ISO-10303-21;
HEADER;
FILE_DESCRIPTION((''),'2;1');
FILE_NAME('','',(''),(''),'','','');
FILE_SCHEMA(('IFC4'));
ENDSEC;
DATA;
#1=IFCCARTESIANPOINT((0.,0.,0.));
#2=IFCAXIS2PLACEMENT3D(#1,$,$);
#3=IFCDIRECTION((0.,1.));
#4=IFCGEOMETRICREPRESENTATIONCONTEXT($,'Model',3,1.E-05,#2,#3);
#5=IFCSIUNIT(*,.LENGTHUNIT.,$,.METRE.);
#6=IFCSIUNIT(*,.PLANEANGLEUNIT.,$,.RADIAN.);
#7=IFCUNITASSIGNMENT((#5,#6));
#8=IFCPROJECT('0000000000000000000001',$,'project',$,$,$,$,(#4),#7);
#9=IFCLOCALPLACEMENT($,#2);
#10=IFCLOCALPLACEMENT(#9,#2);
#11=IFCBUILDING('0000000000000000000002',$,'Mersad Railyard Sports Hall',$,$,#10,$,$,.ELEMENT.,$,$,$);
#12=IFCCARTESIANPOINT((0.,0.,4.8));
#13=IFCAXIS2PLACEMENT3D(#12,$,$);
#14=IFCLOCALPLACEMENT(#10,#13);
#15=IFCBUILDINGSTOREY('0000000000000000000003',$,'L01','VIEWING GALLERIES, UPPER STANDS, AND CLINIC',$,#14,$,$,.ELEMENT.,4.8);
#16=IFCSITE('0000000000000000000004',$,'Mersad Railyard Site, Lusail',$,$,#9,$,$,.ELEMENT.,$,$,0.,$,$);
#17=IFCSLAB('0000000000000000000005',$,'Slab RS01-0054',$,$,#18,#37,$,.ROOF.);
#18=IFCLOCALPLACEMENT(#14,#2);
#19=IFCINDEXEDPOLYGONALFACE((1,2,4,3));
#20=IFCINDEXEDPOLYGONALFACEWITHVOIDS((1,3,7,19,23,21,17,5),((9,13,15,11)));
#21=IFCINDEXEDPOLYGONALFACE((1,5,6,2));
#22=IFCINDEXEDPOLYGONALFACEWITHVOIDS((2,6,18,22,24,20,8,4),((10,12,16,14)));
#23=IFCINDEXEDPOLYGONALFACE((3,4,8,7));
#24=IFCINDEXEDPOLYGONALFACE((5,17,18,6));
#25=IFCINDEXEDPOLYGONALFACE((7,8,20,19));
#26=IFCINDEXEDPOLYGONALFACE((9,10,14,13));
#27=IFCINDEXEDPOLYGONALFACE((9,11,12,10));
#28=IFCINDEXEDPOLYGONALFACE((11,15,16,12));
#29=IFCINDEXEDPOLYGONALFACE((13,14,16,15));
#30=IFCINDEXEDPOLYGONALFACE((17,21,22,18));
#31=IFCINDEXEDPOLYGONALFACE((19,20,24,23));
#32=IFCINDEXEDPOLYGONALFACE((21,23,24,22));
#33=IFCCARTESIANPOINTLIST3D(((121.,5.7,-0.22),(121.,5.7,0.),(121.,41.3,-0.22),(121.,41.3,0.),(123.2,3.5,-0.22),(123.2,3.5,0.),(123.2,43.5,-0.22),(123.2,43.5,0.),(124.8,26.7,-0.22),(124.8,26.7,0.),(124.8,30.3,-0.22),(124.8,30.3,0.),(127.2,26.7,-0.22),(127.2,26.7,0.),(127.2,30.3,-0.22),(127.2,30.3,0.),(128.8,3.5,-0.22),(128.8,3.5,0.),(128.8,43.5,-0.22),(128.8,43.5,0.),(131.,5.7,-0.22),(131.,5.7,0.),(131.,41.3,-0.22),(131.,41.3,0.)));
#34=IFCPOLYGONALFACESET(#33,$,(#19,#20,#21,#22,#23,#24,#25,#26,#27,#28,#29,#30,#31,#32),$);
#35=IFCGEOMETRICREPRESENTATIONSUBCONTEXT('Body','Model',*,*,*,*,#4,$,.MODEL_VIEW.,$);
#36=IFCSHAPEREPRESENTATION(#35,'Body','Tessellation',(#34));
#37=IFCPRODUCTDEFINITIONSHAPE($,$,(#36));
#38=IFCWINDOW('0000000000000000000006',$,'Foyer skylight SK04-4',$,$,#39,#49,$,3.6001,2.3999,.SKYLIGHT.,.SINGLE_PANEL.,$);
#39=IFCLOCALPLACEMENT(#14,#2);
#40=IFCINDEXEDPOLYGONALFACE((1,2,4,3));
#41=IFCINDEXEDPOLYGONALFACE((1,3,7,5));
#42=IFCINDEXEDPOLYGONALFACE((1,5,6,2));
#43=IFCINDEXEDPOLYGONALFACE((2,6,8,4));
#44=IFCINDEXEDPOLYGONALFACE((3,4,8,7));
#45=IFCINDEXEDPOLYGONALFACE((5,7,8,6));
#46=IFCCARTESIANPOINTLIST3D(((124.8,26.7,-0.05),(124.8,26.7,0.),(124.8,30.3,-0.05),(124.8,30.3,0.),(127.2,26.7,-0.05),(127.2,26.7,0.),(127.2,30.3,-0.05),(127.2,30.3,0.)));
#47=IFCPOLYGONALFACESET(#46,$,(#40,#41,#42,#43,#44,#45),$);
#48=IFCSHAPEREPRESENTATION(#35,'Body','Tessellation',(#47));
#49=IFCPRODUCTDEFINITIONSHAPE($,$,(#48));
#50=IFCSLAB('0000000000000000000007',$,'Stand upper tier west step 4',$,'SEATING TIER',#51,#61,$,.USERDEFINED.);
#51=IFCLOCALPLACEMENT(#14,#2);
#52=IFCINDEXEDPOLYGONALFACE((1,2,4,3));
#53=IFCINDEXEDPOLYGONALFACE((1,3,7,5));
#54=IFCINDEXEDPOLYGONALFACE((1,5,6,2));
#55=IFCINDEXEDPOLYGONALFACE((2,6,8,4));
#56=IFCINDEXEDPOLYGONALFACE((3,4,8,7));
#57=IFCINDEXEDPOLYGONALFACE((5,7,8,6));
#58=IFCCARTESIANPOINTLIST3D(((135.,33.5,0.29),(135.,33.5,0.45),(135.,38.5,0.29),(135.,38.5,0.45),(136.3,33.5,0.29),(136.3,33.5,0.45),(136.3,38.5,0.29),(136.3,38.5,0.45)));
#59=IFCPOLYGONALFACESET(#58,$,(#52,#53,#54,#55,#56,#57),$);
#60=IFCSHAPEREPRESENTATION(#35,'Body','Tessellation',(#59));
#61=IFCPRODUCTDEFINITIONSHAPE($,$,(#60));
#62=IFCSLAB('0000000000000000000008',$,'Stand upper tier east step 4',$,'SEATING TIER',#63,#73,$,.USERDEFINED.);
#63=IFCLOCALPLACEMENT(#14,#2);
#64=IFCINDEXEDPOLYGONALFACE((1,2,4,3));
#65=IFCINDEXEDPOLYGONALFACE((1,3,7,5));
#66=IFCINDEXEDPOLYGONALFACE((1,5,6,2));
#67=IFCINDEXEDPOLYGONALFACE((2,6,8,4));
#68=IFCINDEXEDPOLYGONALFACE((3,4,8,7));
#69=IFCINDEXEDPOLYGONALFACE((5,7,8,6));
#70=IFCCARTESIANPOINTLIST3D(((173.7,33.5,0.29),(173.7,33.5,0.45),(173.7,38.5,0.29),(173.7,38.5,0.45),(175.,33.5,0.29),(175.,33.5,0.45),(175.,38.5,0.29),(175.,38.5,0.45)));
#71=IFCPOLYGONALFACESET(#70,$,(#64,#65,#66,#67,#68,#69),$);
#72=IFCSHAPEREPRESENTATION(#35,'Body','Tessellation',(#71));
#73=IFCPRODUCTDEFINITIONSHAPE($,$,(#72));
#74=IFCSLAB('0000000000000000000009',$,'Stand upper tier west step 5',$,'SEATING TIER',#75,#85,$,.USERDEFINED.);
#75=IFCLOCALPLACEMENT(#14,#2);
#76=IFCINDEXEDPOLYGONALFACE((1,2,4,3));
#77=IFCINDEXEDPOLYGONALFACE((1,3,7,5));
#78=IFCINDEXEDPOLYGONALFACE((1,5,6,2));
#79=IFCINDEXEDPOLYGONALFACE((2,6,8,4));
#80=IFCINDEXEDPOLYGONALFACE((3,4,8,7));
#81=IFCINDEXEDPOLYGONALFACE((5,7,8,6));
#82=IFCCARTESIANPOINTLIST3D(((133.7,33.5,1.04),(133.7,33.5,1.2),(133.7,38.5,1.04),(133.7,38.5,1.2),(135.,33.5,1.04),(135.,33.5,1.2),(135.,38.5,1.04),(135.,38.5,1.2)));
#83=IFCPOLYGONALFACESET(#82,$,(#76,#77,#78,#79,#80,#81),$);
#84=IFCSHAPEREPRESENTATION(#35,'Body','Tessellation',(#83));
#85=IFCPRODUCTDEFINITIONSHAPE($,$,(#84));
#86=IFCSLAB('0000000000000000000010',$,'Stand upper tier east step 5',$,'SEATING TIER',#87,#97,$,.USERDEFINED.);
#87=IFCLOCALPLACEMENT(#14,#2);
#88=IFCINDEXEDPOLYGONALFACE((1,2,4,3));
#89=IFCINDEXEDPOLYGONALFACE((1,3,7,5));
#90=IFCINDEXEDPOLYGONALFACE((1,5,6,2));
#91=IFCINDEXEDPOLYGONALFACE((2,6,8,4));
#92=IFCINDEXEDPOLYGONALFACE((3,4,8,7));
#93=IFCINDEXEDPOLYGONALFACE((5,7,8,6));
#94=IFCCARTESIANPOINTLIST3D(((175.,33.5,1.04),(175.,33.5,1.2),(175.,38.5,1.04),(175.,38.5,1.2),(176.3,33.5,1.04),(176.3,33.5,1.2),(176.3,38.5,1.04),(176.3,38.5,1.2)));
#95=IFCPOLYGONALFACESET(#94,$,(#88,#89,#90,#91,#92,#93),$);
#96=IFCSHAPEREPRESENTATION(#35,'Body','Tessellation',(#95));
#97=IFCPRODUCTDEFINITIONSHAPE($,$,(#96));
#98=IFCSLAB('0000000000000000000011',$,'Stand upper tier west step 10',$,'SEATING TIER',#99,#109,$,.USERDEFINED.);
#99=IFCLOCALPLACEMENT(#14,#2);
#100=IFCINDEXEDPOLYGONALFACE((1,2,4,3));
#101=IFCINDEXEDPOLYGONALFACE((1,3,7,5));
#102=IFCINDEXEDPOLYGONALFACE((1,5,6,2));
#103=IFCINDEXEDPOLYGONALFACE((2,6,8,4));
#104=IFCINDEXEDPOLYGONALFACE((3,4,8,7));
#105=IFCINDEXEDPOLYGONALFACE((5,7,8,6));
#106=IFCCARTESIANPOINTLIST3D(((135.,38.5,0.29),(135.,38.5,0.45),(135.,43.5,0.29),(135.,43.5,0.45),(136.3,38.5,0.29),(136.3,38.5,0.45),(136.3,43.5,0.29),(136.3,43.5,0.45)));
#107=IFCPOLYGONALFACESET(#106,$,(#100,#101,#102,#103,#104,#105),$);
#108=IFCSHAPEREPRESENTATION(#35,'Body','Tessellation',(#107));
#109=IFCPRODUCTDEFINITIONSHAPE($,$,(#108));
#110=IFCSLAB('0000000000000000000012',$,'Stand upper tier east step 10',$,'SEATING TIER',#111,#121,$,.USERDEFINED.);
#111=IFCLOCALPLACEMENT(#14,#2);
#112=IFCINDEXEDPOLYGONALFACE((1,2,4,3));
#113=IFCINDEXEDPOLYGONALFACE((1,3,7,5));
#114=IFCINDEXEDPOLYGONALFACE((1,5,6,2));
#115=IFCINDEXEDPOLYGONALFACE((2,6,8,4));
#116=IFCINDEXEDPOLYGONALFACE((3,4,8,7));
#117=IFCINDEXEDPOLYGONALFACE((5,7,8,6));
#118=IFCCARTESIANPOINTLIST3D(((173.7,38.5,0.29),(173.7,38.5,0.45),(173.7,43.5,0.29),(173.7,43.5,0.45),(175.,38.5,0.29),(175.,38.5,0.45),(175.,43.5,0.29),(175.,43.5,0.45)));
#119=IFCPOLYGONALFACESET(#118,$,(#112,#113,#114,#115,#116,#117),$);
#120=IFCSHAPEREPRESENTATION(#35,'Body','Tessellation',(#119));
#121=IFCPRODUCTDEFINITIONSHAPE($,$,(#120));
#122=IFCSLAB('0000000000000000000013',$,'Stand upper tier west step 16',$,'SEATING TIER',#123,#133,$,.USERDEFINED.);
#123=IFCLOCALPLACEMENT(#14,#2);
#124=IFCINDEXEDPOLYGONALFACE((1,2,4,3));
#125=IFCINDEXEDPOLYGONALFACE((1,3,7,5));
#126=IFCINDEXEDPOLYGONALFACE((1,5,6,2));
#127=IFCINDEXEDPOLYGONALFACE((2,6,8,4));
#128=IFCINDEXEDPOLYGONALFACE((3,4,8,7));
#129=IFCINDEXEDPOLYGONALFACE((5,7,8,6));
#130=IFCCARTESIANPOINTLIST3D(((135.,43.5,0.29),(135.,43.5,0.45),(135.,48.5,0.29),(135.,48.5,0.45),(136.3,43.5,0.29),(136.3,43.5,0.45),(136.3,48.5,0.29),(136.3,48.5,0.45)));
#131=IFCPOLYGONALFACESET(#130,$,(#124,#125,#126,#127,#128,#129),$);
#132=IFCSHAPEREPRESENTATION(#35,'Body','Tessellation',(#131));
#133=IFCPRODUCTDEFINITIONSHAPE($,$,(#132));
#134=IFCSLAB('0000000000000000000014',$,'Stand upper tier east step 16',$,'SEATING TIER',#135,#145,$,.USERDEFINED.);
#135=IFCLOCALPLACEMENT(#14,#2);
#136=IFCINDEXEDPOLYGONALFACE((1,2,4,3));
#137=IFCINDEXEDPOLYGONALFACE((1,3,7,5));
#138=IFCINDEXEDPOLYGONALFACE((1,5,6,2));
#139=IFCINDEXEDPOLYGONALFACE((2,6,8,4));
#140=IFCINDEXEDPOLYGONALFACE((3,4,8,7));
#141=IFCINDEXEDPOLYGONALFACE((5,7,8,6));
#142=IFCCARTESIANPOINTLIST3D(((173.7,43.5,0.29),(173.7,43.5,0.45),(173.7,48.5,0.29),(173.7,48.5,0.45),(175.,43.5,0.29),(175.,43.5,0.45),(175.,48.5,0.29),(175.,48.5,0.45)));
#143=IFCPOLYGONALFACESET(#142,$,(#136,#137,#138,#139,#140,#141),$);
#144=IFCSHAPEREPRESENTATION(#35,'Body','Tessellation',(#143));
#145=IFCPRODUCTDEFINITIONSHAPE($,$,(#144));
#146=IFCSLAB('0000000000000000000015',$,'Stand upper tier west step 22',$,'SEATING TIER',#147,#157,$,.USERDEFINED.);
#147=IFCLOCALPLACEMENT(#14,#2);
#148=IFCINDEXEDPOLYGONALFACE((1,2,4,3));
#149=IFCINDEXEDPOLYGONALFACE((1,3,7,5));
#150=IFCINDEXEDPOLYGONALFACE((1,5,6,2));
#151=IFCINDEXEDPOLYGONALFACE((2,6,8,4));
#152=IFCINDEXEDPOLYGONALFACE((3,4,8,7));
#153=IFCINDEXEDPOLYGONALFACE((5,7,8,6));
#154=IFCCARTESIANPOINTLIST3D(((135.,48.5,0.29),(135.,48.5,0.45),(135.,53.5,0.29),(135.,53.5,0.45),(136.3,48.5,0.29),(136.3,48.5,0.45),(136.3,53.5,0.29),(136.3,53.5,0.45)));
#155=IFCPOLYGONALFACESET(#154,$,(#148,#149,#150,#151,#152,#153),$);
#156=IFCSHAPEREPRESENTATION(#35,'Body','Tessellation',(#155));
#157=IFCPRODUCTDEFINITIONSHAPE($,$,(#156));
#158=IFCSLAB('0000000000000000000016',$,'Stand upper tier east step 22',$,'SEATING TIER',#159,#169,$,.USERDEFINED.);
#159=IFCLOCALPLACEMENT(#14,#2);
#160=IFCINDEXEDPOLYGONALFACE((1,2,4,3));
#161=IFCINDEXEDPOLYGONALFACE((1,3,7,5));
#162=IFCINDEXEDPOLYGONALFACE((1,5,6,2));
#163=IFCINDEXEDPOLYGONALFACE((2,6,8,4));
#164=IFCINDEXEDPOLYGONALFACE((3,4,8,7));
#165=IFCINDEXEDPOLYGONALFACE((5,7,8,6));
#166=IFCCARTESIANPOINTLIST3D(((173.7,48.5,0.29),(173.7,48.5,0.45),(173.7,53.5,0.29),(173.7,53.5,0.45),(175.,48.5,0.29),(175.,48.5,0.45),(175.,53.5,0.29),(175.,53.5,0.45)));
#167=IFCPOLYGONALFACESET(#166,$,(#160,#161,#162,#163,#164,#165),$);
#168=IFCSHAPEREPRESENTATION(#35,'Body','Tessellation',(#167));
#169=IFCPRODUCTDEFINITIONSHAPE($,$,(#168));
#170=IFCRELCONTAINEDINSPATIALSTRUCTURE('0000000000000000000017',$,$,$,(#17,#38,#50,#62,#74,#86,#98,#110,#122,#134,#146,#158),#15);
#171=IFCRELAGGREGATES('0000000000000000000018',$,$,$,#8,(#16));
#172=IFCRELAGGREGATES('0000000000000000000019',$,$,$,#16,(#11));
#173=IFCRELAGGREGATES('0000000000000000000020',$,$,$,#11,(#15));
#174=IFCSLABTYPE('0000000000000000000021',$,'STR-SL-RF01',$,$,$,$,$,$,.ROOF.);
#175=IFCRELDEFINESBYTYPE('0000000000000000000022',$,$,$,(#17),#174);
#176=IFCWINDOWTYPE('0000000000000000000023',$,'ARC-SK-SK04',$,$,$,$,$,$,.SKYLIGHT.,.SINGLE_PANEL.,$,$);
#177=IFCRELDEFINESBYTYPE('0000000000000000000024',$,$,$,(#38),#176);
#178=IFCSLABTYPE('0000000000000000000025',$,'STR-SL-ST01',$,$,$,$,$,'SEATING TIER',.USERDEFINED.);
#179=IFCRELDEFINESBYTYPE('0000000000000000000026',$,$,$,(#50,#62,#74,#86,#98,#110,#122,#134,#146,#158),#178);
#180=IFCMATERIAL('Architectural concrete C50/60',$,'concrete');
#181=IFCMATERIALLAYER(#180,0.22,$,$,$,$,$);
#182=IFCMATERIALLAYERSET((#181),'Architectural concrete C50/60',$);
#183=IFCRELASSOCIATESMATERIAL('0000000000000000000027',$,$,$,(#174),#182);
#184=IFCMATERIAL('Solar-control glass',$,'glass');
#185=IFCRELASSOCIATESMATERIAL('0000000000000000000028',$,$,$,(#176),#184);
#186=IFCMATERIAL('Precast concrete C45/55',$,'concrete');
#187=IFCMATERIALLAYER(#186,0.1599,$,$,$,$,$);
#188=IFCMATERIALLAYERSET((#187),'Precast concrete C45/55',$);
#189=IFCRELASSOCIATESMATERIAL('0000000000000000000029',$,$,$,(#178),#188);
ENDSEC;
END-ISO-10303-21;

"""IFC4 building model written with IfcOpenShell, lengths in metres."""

from ifc_helpers import new_model, si_unit, direction, frame, origin, origin_2d, place, context, subcontext, project, spatial, polyline, rectangle, outline, extrude, material, layer, layer_set, type_object, element, fill, save


model = new_model("IFC4")

# Units and contexts
model_context = context("Model", 3, precision=1e-05, world=origin(), true_north=direction((0.0, 1.0)))
body_context = subcontext(model_context, "Body", "Model", "MODEL_VIEW")
ifc_project = project(units=[si_unit("LENGTHUNIT", "METRE"), si_unit("PLANEANGLEUNIT", "RADIAN")], contexts=[model_context])

# Site, building, storey
site_placement = place(None, origin())
site = spatial("IfcSite", under=ifc_project, at=site_placement, Name="Mersad Railyard Site, Lusail", CompositionType="ELEMENT", RefElevation=0.0)
building_placement = place(site_placement, origin())
building = spatial("IfcBuilding", under=site, at=building_placement, Name="Mersad Railyard Sports Hall", CompositionType="ELEMENT")
storey_placement = place(building_placement, frame((0.0, 0.0, 4.8)))
storey = spatial("IfcBuildingStorey", under=building, at=storey_placement, Name="L01", Description="VIEWING GALLERIES, UPPER STANDS, AND CLINIC", CompositionType="ELEMENT", Elevation=4.8)

# Slab, opening, window
ifc_material_1 = material(Name="Architectural concrete C50/60", Category="concrete")
ifc_layer_1 = layer(ifc_material_1, 0.22)
ifc_layer_set_1 = layer_set([ifc_layer_1], Name="Architectural concrete C50/60")
slab_type_1 = type_object("IfcSlabType", Name="STR-SL-RF01", PredefinedType="ROOF", material=ifc_layer_set_1)
ifc_material_2 = material(Name="Solar-control glass", Category="glass")
slab_1_placement = place(storey_placement, frame((0.0, 0.0, -0.22)))
slab_1 = element("IfcSlab", 1, at=slab_1_placement, inside=storey, type_object=slab_type_1, Name="Slab RS01-0054", PredefinedType="ROOF", context=body_context, shape_type="SweptSolid", body=[
    extrude(outline(polyline([(123.2, 3.5), (128.8, 3.5), (131.0, 5.7), (131.0, 41.3), (128.8, 43.5), (123.2, 43.5), (121.0, 41.3), (121.0, 5.7), (123.2, 3.5)])), origin(), (0.0, 0.0, 1.0), 0.22),
])
opening_1_placement = place(slab_1_placement, frame((126.0, 28.5, -0.01)))
opening_1 = element("IfcOpeningElement", 2, at=opening_1_placement, cuts=slab_1, PredefinedType="OPENING", context=body_context, shape_type="SweptSolid", body=[
    extrude(rectangle(XDim=2.3999, YDim=3.6001, at=origin_2d()), origin(), (0.0, 0.0, 1.0), 0.24),
])
window_type_1 = type_object("IfcWindowType", Name="ARC-SK-SK04", PartitioningType="SINGLE_PANEL", PredefinedType="SKYLIGHT", material=ifc_material_2)
window_1_placement = place(slab_1_placement, frame((126.0, 28.5, 0.1699)))
window_1 = element("IfcWindow", 3, at=window_1_placement, inside=storey, type_object=window_type_1, Name="Foyer skylight SK04-4", OverallHeight=3.6001, OverallWidth=2.3999, PartitioningType="SINGLE_PANEL", PredefinedType="SKYLIGHT", context=body_context, shape_type="SweptSolid", body=[
    extrude(rectangle(XDim=2.3999, YDim=3.6001, at=origin_2d()), origin(), (0.0, 0.0, 1.0), 0.05),
])
fill(opening_1, window_1)

# Slabs
ifc_material_3 = material(Name="Precast concrete C45/55", Category="concrete")
ifc_layer_2 = layer(ifc_material_3, 0.1599)
ifc_layer_set_2 = layer_set([ifc_layer_2], Name="Precast concrete C45/55")
slab_type_2 = type_object("IfcSlabType", Name="STR-SL-ST01", ElementType="SEATING TIER", PredefinedType="USERDEFINED", material=ifc_layer_set_2)
slab_2_placement = place(storey_placement, frame((0.0, 0.0, 0.29)))
element("IfcSlab", 4, at=slab_2_placement, inside=storey, type_object=slab_type_2, Name="Stand upper tier west step 4", ObjectType="SEATING TIER", PredefinedType="USERDEFINED", context=body_context, shape_type="SweptSolid", body=[
    extrude(outline(polyline([(135.0, 33.5), (136.3, 33.5), (136.3, 38.5), (135.0, 38.5), (135.0, 33.5)])), origin(), (0.0, 0.0, 1.0), 0.1599),
])
slab_3_placement = place(storey_placement, frame((0.0, 0.0, 0.29)))
element("IfcSlab", 5, at=slab_3_placement, inside=storey, type_object=slab_type_2, Name="Stand upper tier east step 4", ObjectType="SEATING TIER", PredefinedType="USERDEFINED", context=body_context, shape_type="SweptSolid", body=[
    extrude(outline(polyline([(173.7, 33.5), (175.0, 33.5), (175.0, 38.5), (173.7, 38.5), (173.7, 33.5)])), origin(), (0.0, 0.0, 1.0), 0.1599),
])
slab_4_placement = place(storey_placement, frame((0.0, 0.0, 1.04)))
element("IfcSlab", 6, at=slab_4_placement, inside=storey, type_object=slab_type_2, Name="Stand upper tier west step 5", ObjectType="SEATING TIER", PredefinedType="USERDEFINED", context=body_context, shape_type="SweptSolid", body=[
    extrude(outline(polyline([(133.7, 33.5), (135.0, 33.5), (135.0, 38.5), (133.7, 38.5), (133.7, 33.5)])), origin(), (0.0, 0.0, 1.0), 0.1599),
])
slab_5_placement = place(storey_placement, frame((0.0, 0.0, 1.04)))
element("IfcSlab", 7, at=slab_5_placement, inside=storey, type_object=slab_type_2, Name="Stand upper tier east step 5", ObjectType="SEATING TIER", PredefinedType="USERDEFINED", context=body_context, shape_type="SweptSolid", body=[
    extrude(outline(polyline([(175.0, 33.5), (176.3, 33.5), (176.3, 38.5), (175.0, 38.5), (175.0, 33.5)])), origin(), (0.0, 0.0, 1.0), 0.1599),
])
slab_6_placement = place(storey_placement, frame((0.0, 0.0, 0.29)))
element("IfcSlab", 8, at=slab_6_placement, inside=storey, type_object=slab_type_2, Name="Stand upper tier west step 10", ObjectType="SEATING TIER", PredefinedType="USERDEFINED", context=body_context, shape_type="SweptSolid", body=[
    extrude(outline(polyline([(135.0, 38.5), (136.3, 38.5), (136.3, 43.5), (135.0, 43.5), (135.0, 38.5)])), origin(), (0.0, 0.0, 1.0), 0.1599),
])
slab_7_placement = place(storey_placement, frame((0.0, 0.0, 0.29)))
element("IfcSlab", 9, at=slab_7_placement, inside=storey, type_object=slab_type_2, Name="Stand upper tier east step 10", ObjectType="SEATING TIER", PredefinedType="USERDEFINED", context=body_context, shape_type="SweptSolid", body=[
    extrude(outline(polyline([(173.7, 38.5), (175.0, 38.5), (175.0, 43.5), (173.7, 43.5), (173.7, 38.5)])), origin(), (0.0, 0.0, 1.0), 0.1599),
])
slab_8_placement = place(storey_placement, frame((0.0, 0.0, 0.29)))
element("IfcSlab", 10, at=slab_8_placement, inside=storey, type_object=slab_type_2, Name="Stand upper tier west step 16", ObjectType="SEATING TIER", PredefinedType="USERDEFINED", context=body_context, shape_type="SweptSolid", body=[
    extrude(outline(polyline([(135.0, 43.5), (136.3, 43.5), (136.3, 48.5), (135.0, 48.5), (135.0, 43.5)])), origin(), (0.0, 0.0, 1.0), 0.1599),
])
slab_9_placement = place(storey_placement, frame((0.0, 0.0, 0.29)))
element("IfcSlab", 11, at=slab_9_placement, inside=storey, type_object=slab_type_2, Name="Stand upper tier east step 16", ObjectType="SEATING TIER", PredefinedType="USERDEFINED", context=body_context, shape_type="SweptSolid", body=[
    extrude(outline(polyline([(173.7, 43.5), (175.0, 43.5), (175.0, 48.5), (173.7, 48.5), (173.7, 43.5)])), origin(), (0.0, 0.0, 1.0), 0.1599),
])
slab_10_placement = place(storey_placement, frame((0.0, 0.0, 0.29)))
element("IfcSlab", 12, at=slab_10_placement, inside=storey, type_object=slab_type_2, Name="Stand upper tier west step 22", ObjectType="SEATING TIER", PredefinedType="USERDEFINED", context=body_context, shape_type="SweptSolid", body=[
    extrude(outline(polyline([(135.0, 48.5), (136.3, 48.5), (136.3, 53.5), (135.0, 53.5), (135.0, 48.5)])), origin(), (0.0, 0.0, 1.0), 0.1599),
])
slab_11_placement = place(storey_placement, frame((0.0, 0.0, 0.29)))
element("IfcSlab", 13, at=slab_11_placement, inside=storey, type_object=slab_type_2, Name="Stand upper tier east step 22", ObjectType="SEATING TIER", PredefinedType="USERDEFINED", context=body_context, shape_type="SweptSolid", body=[
    extrude(outline(polyline([(173.7, 48.5), (175.0, 48.5), (175.0, 53.5), (173.7, 53.5), (173.7, 48.5)])), origin(), (0.0, 0.0, 1.0), 0.1599),
])

save(model, "model.ifc")
